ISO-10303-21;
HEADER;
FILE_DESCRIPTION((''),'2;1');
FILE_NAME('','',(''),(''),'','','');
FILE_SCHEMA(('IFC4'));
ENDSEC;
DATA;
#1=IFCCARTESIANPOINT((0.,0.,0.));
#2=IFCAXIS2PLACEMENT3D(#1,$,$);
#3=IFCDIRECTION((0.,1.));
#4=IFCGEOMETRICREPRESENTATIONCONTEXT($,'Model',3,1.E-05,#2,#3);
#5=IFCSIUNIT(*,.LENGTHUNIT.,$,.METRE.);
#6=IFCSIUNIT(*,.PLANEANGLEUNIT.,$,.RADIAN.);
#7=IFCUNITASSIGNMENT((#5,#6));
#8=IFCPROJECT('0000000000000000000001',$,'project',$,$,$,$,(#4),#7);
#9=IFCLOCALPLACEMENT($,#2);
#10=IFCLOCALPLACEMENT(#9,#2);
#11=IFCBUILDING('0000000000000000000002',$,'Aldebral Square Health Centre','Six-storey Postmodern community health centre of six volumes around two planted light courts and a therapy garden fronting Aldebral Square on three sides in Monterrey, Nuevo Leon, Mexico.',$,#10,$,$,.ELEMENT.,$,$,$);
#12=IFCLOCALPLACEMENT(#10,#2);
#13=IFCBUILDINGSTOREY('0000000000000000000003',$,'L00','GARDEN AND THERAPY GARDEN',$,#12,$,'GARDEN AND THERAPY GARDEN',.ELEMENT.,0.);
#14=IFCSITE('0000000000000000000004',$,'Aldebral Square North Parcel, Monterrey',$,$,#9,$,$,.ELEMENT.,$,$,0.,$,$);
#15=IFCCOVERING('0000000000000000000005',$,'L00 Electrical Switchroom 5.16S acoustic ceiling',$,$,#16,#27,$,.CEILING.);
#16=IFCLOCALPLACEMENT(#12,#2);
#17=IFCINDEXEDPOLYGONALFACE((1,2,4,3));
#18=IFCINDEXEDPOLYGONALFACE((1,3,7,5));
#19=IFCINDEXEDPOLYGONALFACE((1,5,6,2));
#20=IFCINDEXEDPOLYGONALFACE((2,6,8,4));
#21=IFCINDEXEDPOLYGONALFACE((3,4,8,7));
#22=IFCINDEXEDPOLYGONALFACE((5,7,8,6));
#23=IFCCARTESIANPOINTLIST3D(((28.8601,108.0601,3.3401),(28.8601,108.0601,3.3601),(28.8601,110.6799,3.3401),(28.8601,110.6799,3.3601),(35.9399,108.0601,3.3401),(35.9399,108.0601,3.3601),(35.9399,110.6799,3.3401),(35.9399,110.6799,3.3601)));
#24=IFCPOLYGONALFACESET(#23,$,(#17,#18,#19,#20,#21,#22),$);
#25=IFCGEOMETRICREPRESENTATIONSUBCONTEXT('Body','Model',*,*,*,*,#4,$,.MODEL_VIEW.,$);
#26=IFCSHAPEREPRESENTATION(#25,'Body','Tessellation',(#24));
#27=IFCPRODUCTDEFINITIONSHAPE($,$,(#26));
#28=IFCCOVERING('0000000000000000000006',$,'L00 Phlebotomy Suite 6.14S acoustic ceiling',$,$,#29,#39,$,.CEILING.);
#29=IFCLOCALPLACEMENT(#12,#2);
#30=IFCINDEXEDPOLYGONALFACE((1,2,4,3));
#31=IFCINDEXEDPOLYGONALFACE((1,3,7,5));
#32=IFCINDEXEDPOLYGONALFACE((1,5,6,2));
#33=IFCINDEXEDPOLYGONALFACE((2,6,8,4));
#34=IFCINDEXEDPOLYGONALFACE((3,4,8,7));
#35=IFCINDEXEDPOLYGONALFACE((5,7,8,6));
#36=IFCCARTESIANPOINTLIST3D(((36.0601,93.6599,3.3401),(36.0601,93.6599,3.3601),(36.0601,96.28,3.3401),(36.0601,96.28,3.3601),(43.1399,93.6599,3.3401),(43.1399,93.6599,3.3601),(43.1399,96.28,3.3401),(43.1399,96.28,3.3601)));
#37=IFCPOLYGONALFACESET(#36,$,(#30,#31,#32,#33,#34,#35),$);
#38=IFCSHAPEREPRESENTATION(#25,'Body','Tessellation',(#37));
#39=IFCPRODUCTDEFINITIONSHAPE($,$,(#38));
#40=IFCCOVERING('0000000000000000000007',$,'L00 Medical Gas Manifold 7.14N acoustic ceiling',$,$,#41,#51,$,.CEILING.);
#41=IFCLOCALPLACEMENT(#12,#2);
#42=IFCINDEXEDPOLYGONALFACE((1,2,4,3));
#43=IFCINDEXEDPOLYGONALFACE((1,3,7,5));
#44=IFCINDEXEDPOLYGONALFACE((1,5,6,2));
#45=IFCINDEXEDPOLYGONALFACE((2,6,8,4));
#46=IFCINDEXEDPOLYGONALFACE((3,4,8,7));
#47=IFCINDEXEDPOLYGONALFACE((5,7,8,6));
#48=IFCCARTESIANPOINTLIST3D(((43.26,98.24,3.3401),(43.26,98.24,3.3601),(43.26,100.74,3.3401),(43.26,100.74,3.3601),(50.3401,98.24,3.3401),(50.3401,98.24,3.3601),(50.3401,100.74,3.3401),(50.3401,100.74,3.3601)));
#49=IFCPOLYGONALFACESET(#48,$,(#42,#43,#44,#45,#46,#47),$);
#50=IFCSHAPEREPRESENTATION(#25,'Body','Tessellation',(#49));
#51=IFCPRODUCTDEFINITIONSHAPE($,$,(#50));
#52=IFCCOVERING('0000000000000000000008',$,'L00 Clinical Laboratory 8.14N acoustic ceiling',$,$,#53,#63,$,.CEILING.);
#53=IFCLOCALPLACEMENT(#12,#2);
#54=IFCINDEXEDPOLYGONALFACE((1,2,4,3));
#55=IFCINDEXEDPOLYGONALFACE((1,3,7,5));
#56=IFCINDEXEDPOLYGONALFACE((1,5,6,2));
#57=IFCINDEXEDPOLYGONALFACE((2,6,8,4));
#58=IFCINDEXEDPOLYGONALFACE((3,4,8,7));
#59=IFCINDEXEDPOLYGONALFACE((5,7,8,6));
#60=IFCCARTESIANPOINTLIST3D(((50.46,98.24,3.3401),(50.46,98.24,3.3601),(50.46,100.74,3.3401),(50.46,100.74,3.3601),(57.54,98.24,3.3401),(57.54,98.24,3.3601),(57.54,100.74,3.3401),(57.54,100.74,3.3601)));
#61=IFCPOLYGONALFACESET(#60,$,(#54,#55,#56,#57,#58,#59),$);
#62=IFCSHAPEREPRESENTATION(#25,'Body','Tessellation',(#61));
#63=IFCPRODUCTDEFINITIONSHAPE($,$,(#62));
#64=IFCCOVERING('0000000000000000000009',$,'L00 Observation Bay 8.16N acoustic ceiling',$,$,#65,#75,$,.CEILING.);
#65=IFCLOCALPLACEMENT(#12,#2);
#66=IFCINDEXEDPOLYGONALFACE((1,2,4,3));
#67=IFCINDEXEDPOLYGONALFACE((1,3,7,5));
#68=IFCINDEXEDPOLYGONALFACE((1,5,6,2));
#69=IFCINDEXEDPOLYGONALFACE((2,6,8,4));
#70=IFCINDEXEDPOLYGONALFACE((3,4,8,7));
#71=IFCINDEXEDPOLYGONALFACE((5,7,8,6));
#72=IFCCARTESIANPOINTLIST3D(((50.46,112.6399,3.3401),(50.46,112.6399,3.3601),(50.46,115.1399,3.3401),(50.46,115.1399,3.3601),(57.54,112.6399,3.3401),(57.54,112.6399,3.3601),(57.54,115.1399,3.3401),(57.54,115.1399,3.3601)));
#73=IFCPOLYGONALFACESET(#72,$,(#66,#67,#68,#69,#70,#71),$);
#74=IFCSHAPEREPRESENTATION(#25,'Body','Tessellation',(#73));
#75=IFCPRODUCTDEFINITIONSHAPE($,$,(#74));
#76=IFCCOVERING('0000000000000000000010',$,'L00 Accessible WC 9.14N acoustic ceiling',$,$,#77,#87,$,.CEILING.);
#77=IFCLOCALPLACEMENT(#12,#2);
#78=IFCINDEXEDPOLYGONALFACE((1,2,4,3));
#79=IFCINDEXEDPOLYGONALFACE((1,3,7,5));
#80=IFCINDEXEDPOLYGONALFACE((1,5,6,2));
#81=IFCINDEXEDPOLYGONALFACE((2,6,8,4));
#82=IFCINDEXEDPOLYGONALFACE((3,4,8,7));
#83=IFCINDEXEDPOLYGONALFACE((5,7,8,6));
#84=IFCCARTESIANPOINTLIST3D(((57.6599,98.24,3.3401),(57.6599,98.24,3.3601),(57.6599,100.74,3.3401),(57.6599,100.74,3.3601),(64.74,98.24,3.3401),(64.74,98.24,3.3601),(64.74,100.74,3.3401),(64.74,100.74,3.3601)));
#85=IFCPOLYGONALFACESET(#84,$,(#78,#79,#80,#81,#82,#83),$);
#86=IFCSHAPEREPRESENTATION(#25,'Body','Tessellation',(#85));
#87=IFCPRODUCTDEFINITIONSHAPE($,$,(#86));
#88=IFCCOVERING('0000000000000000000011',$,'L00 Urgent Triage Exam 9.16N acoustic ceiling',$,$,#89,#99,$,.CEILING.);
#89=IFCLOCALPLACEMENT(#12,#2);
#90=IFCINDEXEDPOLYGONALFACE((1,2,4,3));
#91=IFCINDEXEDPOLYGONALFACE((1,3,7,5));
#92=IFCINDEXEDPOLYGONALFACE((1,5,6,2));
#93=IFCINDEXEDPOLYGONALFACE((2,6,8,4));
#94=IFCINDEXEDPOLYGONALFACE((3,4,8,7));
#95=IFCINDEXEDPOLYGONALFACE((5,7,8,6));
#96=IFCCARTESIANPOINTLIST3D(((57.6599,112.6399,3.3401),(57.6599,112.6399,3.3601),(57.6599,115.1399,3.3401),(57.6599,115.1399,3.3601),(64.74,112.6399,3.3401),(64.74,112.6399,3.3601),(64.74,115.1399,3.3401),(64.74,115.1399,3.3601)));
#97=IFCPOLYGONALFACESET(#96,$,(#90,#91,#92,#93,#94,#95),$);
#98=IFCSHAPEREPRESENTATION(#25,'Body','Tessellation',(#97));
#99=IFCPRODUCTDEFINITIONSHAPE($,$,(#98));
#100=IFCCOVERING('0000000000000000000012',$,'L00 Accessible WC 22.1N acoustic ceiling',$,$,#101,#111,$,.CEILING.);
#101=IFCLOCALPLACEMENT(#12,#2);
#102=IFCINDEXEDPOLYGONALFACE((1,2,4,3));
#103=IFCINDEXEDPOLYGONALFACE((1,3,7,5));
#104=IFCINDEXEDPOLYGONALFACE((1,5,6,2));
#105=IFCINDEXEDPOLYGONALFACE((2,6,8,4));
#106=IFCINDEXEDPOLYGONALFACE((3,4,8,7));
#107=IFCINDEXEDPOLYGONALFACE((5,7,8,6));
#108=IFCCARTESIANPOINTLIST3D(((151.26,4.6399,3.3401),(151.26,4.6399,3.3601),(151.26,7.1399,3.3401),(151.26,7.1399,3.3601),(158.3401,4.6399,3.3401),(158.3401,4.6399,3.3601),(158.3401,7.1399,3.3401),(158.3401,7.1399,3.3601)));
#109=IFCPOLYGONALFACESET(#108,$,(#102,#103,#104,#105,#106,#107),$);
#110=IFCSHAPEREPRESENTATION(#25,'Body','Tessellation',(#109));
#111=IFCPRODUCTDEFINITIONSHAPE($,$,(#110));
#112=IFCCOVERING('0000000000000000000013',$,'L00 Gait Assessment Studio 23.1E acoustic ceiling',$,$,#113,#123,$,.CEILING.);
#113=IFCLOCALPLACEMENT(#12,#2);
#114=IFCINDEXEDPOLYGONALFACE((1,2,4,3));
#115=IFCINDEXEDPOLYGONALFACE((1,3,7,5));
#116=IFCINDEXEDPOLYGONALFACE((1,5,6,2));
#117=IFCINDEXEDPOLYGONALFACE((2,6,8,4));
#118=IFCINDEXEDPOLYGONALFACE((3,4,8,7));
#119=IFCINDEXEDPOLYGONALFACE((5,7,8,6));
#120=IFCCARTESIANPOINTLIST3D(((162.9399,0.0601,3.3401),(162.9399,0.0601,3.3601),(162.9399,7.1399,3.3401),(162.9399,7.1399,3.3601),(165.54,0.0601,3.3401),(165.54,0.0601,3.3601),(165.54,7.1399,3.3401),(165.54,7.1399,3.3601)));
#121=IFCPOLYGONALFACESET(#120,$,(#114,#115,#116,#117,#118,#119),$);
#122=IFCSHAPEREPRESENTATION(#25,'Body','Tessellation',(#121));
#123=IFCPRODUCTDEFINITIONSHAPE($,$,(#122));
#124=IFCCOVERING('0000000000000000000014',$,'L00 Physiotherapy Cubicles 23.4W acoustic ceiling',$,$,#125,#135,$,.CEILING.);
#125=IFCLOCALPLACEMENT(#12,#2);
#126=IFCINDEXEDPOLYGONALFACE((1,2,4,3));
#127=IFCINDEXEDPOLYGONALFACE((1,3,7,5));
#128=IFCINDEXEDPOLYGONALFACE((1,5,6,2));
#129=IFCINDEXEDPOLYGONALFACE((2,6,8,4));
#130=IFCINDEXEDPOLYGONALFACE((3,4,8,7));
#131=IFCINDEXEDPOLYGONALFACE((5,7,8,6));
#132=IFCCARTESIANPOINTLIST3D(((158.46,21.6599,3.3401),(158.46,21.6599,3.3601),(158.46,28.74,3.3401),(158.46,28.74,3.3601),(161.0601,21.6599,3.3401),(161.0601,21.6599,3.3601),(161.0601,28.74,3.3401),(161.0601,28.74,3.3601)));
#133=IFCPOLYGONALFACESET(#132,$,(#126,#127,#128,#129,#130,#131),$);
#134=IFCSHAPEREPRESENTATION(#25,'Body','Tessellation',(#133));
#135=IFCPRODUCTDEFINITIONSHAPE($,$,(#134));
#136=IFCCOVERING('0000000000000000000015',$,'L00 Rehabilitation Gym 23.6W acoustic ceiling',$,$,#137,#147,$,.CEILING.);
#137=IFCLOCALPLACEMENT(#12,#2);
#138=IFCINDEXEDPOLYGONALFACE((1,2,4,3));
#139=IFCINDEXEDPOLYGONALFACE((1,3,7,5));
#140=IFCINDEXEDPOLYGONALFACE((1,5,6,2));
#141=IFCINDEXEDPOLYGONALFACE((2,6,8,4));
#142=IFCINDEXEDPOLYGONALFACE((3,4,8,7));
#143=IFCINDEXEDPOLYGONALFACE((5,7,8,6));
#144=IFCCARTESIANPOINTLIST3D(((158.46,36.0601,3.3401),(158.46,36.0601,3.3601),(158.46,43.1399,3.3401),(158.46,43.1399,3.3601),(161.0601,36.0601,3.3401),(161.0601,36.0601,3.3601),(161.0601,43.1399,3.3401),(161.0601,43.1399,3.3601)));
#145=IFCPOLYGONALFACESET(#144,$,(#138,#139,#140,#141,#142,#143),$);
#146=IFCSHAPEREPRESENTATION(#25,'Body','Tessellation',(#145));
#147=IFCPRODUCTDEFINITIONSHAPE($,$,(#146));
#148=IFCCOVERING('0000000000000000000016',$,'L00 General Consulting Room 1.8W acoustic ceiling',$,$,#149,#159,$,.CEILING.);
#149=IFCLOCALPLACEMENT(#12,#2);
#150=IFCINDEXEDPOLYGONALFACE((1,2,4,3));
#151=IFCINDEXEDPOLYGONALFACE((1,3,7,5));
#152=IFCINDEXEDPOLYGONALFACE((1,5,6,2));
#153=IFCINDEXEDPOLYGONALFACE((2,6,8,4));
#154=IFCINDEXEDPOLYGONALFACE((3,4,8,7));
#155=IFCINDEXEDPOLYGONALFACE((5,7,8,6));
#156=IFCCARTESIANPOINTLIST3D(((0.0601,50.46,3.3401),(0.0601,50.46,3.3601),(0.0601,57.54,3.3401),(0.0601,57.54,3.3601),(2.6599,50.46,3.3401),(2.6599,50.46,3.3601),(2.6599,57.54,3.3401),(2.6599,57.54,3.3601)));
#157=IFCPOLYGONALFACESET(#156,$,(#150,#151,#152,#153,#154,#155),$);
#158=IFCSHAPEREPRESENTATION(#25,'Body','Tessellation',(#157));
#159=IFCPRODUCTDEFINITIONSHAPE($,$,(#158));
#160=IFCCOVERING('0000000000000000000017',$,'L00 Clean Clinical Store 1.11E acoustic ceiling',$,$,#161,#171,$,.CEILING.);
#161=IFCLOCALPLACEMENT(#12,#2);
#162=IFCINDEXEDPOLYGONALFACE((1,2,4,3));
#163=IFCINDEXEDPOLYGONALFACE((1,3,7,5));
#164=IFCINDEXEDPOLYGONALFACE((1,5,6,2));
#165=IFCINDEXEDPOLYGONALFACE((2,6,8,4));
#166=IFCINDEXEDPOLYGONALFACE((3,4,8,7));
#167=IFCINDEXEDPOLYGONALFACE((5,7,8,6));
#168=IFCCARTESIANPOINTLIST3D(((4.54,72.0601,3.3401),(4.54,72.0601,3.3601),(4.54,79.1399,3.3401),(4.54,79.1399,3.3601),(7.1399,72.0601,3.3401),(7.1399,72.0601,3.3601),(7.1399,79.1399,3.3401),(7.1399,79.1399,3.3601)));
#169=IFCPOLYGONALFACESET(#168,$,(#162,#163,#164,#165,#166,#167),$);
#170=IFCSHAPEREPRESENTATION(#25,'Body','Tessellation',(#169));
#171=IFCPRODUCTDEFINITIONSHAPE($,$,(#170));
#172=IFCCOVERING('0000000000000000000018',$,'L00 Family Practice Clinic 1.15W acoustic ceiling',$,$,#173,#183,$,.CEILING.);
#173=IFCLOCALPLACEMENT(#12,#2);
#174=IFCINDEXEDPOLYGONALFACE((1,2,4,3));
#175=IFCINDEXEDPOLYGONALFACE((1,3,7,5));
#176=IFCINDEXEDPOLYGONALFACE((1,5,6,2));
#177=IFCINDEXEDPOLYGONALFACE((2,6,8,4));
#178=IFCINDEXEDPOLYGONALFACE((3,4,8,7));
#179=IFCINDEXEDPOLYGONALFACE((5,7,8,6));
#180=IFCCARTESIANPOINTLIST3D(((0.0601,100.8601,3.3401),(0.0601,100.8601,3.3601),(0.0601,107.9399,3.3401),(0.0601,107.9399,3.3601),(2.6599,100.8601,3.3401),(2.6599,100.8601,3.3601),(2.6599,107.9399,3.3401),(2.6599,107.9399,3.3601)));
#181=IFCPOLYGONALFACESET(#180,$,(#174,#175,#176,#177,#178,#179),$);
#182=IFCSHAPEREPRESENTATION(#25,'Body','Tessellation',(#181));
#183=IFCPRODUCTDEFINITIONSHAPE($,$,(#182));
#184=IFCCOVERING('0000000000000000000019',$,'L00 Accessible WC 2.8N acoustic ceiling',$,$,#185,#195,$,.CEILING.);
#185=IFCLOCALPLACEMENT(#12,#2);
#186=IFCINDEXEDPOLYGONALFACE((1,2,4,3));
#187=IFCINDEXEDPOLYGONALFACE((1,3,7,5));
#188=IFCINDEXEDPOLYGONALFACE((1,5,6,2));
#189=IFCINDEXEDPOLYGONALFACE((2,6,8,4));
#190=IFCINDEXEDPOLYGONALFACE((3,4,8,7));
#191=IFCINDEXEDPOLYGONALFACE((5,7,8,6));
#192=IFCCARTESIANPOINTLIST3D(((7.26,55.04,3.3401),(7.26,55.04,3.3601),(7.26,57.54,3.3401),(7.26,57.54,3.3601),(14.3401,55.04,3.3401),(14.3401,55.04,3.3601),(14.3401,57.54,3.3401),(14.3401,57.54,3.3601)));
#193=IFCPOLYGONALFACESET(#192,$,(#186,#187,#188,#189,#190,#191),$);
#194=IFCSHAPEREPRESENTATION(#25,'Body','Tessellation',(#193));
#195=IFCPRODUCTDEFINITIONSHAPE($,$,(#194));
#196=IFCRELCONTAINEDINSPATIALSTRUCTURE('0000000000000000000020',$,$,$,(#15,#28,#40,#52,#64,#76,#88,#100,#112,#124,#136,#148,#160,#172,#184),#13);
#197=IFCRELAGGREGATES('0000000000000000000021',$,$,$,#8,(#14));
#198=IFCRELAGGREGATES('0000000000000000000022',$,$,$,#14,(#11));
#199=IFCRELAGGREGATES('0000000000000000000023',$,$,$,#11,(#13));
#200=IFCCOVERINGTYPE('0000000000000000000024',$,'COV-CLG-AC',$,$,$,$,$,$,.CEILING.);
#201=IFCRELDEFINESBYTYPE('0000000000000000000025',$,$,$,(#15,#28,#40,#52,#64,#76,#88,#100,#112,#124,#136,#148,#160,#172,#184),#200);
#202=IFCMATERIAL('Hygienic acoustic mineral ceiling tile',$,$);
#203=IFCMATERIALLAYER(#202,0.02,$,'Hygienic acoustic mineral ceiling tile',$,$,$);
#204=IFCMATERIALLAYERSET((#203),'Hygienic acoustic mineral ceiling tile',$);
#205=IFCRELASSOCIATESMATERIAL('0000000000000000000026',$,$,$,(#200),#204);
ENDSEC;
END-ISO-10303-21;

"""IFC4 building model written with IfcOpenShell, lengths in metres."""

from ifc_helpers import new_model, si_unit, direction, frame, origin, place, context, subcontext, project, spatial, polyline, outline, extrude, material, layer, layer_set, type_object, element, save


model = new_model("IFC4")

# Units and contexts
model_context = context("Model", 3, precision=1e-05, world=origin(), true_north=direction((0.0, 1.0)))
body_context = subcontext(model_context, "Body", "Model", "MODEL_VIEW")
ifc_project = project(units=[si_unit("LENGTHUNIT", "METRE"), si_unit("PLANEANGLEUNIT", "RADIAN")], contexts=[model_context])

# Site, building, storey
site_placement = place(None, origin())
site = spatial("IfcSite", under=ifc_project, at=site_placement, Name="Aldebral Square North Parcel, Monterrey", CompositionType="ELEMENT", RefElevation=0.0)
building_placement = place(site_placement, origin())
building = spatial("IfcBuilding", under=site, at=building_placement, Name="Aldebral Square Health Centre", Description="Six-storey Postmodern community health centre of six volumes around two planted light courts and a therapy garden fronting Aldebral Square on three sides in Monterrey, Nuevo Leon, Mexico.", CompositionType="ELEMENT")
storey_placement = place(building_placement, origin())
storey = spatial("IfcBuildingStorey", under=building, at=storey_placement, Name="L00", Description="GARDEN AND THERAPY GARDEN", LongName="GARDEN AND THERAPY GARDEN", CompositionType="ELEMENT", Elevation=0.0)

# Coverings
ifc_material = material(Name="Hygienic acoustic mineral ceiling tile")
ifc_layer = layer(ifc_material, 0.02, Name="Hygienic acoustic mineral ceiling tile")
ifc_layer_set = layer_set([ifc_layer], Name="Hygienic acoustic mineral ceiling tile")
covering_type = type_object("IfcCoveringType", Name="COV-CLG-AC", PredefinedType="CEILING", material=ifc_layer_set)
covering_1_placement = place(storey_placement, frame((0.0, 0.0, 3.3401)))
element("IfcCovering", 1, at=covering_1_placement, inside=storey, type_object=covering_type, Name="L00 Electrical Switchroom 5.16S acoustic ceiling", PredefinedType="CEILING", context=body_context, shape_type="SweptSolid", body=[
    extrude(outline(polyline([(28.8601, 108.0601), (35.9399, 108.0601), (35.9399, 110.6799), (28.8601, 110.6799), (28.8601, 108.0601)])), origin(), (0.0, 0.0, 1.0), 0.02),
])
covering_2_placement = place(storey_placement, frame((0.0, 0.0, 3.3401)))
element("IfcCovering", 2, at=covering_2_placement, inside=storey, type_object=covering_type, Name="L00 Phlebotomy Suite 6.14S acoustic ceiling", PredefinedType="CEILING", context=body_context, shape_type="SweptSolid", body=[
    extrude(outline(polyline([(36.0601, 93.6599), (43.1399, 93.6599), (43.1399, 96.28), (36.0601, 96.28), (36.0601, 93.6599)])), origin(), (0.0, 0.0, 1.0), 0.02),
])
covering_3_placement = place(storey_placement, frame((0.0, 0.0, 3.3401)))
element("IfcCovering", 3, at=covering_3_placement, inside=storey, type_object=covering_type, Name="L00 Medical Gas Manifold 7.14N acoustic ceiling", PredefinedType="CEILING", context=body_context, shape_type="SweptSolid", body=[
    extrude(outline(polyline([(43.26, 98.24), (50.3401, 98.24), (50.3401, 100.74), (43.26, 100.74), (43.26, 98.24)])), origin(), (0.0, 0.0, 1.0), 0.02),
])
covering_4_placement = place(storey_placement, frame((0.0, 0.0, 3.3401)))
element("IfcCovering", 4, at=covering_4_placement, inside=storey, type_object=covering_type, Name="L00 Clinical Laboratory 8.14N acoustic ceiling", PredefinedType="CEILING", context=body_context, shape_type="SweptSolid", body=[
    extrude(outline(polyline([(50.46, 98.24), (57.54, 98.24), (57.54, 100.74), (50.46, 100.74), (50.46, 98.24)])), origin(), (0.0, 0.0, 1.0), 0.02),
])
covering_5_placement = place(storey_placement, frame((0.0, 0.0, 3.3401)))
element("IfcCovering", 5, at=covering_5_placement, inside=storey, type_object=covering_type, Name="L00 Observation Bay 8.16N acoustic ceiling", PredefinedType="CEILING", context=body_context, shape_type="SweptSolid", body=[
    extrude(outline(polyline([(50.46, 112.6399), (57.54, 112.6399), (57.54, 115.1399), (50.46, 115.1399), (50.46, 112.6399)])), origin(), (0.0, 0.0, 1.0), 0.02),
])
covering_6_placement = place(storey_placement, frame((0.0, 0.0, 3.3401)))
element("IfcCovering", 6, at=covering_6_placement, inside=storey, type_object=covering_type, Name="L00 Accessible WC 9.14N acoustic ceiling", PredefinedType="CEILING", context=body_context, shape_type="SweptSolid", body=[
    extrude(outline(polyline([(57.6599, 98.24), (64.74, 98.24), (64.74, 100.74), (57.6599, 100.74), (57.6599, 98.24)])), origin(), (0.0, 0.0, 1.0), 0.02),
])
covering_7_placement = place(storey_placement, frame((0.0, 0.0, 3.3401)))
element("IfcCovering", 7, at=covering_7_placement, inside=storey, type_object=covering_type, Name="L00 Urgent Triage Exam 9.16N acoustic ceiling", PredefinedType="CEILING", context=body_context, shape_type="SweptSolid", body=[
    extrude(outline(polyline([(57.6599, 112.6399), (64.74, 112.6399), (64.74, 115.1399), (57.6599, 115.1399), (57.6599, 112.6399)])), origin(), (0.0, 0.0, 1.0), 0.02),
])
covering_8_placement = place(storey_placement, frame((0.0, 0.0, 3.3401)))
element("IfcCovering", 8, at=covering_8_placement, inside=storey, type_object=covering_type, Name="L00 Accessible WC 22.1N acoustic ceiling", PredefinedType="CEILING", context=body_context, shape_type="SweptSolid", body=[
    extrude(outline(polyline([(151.26, 4.6399), (158.3401, 4.6399), (158.3401, 7.1399), (151.26, 7.1399), (151.26, 4.6399)])), origin(), (0.0, 0.0, 1.0), 0.02),
])
covering_9_placement = place(storey_placement, frame((0.0, 0.0, 3.3401)))
element("IfcCovering", 9, at=covering_9_placement, inside=storey, type_object=covering_type, Name="L00 Gait Assessment Studio 23.1E acoustic ceiling", PredefinedType="CEILING", context=body_context, shape_type="SweptSolid", body=[
    extrude(outline(polyline([(162.9399, 0.0601), (165.54, 0.0601), (165.54, 7.1399), (162.9399, 7.1399), (162.9399, 0.0601)])), origin(), (0.0, 0.0, 1.0), 0.02),
])
covering_10_placement = place(storey_placement, frame((0.0, 0.0, 3.3401)))
element("IfcCovering", 10, at=covering_10_placement, inside=storey, type_object=covering_type, Name="L00 Physiotherapy Cubicles 23.4W acoustic ceiling", PredefinedType="CEILING", context=body_context, shape_type="SweptSolid", body=[
    extrude(outline(polyline([(158.46, 21.6599), (161.0601, 21.6599), (161.0601, 28.74), (158.46, 28.74), (158.46, 21.6599)])), origin(), (0.0, 0.0, 1.0), 0.02),
])
covering_11_placement = place(storey_placement, frame((0.0, 0.0, 3.3401)))
element("IfcCovering", 11, at=covering_11_placement, inside=storey, type_object=covering_type, Name="L00 Rehabilitation Gym 23.6W acoustic ceiling", PredefinedType="CEILING", context=body_context, shape_type="SweptSolid", body=[
    extrude(outline(polyline([(158.46, 36.0601), (161.0601, 36.0601), (161.0601, 43.1399), (158.46, 43.1399), (158.46, 36.0601)])), origin(), (0.0, 0.0, 1.0), 0.02),
])
covering_12_placement = place(storey_placement, frame((0.0, 0.0, 3.3401)))
element("IfcCovering", 12, at=covering_12_placement, inside=storey, type_object=covering_type, Name="L00 General Consulting Room 1.8W acoustic ceiling", PredefinedType="CEILING", context=body_context, shape_type="SweptSolid", body=[
    extrude(outline(polyline([(0.0601, 50.46), (2.6599, 50.46), (2.6599, 57.54), (0.0601, 57.54), (0.0601, 50.46)])), origin(), (0.0, 0.0, 1.0), 0.02),
])
covering_13_placement = place(storey_placement, frame((0.0, 0.0, 3.3401)))
element("IfcCovering", 13, at=covering_13_placement, inside=storey, type_object=covering_type, Name="L00 Clean Clinical Store 1.11E acoustic ceiling", PredefinedType="CEILING", context=body_context, shape_type="SweptSolid", body=[
    extrude(outline(polyline([(4.54, 72.0601), (7.1399, 72.0601), (7.1399, 79.1399), (4.54, 79.1399), (4.54, 72.0601)])), origin(), (0.0, 0.0, 1.0), 0.02),
])
covering_14_placement = place(storey_placement, frame((0.0, 0.0, 3.3401)))
element("IfcCovering", 14, at=covering_14_placement, inside=storey, type_object=covering_type, Name="L00 Family Practice Clinic 1.15W acoustic ceiling", PredefinedType="CEILING", context=body_context, shape_type="SweptSolid", body=[
    extrude(outline(polyline([(0.0601, 100.8601), (2.6599, 100.8601), (2.6599, 107.9399), (0.0601, 107.9399), (0.0601, 100.8601)])), origin(), (0.0, 0.0, 1.0), 0.02),
])
covering_15_placement = place(storey_placement, frame((0.0, 0.0, 3.3401)))
element("IfcCovering", 15, at=covering_15_placement, inside=storey, type_object=covering_type, Name="L00 Accessible WC 2.8N acoustic ceiling", PredefinedType="CEILING", context=body_context, shape_type="SweptSolid", body=[
    extrude(outline(polyline([(7.26, 55.04), (14.3401, 55.04), (14.3401, 57.54), (7.26, 57.54), (7.26, 55.04)])), origin(), (0.0, 0.0, 1.0), 0.02),
])

save(model, "model.ifc")
